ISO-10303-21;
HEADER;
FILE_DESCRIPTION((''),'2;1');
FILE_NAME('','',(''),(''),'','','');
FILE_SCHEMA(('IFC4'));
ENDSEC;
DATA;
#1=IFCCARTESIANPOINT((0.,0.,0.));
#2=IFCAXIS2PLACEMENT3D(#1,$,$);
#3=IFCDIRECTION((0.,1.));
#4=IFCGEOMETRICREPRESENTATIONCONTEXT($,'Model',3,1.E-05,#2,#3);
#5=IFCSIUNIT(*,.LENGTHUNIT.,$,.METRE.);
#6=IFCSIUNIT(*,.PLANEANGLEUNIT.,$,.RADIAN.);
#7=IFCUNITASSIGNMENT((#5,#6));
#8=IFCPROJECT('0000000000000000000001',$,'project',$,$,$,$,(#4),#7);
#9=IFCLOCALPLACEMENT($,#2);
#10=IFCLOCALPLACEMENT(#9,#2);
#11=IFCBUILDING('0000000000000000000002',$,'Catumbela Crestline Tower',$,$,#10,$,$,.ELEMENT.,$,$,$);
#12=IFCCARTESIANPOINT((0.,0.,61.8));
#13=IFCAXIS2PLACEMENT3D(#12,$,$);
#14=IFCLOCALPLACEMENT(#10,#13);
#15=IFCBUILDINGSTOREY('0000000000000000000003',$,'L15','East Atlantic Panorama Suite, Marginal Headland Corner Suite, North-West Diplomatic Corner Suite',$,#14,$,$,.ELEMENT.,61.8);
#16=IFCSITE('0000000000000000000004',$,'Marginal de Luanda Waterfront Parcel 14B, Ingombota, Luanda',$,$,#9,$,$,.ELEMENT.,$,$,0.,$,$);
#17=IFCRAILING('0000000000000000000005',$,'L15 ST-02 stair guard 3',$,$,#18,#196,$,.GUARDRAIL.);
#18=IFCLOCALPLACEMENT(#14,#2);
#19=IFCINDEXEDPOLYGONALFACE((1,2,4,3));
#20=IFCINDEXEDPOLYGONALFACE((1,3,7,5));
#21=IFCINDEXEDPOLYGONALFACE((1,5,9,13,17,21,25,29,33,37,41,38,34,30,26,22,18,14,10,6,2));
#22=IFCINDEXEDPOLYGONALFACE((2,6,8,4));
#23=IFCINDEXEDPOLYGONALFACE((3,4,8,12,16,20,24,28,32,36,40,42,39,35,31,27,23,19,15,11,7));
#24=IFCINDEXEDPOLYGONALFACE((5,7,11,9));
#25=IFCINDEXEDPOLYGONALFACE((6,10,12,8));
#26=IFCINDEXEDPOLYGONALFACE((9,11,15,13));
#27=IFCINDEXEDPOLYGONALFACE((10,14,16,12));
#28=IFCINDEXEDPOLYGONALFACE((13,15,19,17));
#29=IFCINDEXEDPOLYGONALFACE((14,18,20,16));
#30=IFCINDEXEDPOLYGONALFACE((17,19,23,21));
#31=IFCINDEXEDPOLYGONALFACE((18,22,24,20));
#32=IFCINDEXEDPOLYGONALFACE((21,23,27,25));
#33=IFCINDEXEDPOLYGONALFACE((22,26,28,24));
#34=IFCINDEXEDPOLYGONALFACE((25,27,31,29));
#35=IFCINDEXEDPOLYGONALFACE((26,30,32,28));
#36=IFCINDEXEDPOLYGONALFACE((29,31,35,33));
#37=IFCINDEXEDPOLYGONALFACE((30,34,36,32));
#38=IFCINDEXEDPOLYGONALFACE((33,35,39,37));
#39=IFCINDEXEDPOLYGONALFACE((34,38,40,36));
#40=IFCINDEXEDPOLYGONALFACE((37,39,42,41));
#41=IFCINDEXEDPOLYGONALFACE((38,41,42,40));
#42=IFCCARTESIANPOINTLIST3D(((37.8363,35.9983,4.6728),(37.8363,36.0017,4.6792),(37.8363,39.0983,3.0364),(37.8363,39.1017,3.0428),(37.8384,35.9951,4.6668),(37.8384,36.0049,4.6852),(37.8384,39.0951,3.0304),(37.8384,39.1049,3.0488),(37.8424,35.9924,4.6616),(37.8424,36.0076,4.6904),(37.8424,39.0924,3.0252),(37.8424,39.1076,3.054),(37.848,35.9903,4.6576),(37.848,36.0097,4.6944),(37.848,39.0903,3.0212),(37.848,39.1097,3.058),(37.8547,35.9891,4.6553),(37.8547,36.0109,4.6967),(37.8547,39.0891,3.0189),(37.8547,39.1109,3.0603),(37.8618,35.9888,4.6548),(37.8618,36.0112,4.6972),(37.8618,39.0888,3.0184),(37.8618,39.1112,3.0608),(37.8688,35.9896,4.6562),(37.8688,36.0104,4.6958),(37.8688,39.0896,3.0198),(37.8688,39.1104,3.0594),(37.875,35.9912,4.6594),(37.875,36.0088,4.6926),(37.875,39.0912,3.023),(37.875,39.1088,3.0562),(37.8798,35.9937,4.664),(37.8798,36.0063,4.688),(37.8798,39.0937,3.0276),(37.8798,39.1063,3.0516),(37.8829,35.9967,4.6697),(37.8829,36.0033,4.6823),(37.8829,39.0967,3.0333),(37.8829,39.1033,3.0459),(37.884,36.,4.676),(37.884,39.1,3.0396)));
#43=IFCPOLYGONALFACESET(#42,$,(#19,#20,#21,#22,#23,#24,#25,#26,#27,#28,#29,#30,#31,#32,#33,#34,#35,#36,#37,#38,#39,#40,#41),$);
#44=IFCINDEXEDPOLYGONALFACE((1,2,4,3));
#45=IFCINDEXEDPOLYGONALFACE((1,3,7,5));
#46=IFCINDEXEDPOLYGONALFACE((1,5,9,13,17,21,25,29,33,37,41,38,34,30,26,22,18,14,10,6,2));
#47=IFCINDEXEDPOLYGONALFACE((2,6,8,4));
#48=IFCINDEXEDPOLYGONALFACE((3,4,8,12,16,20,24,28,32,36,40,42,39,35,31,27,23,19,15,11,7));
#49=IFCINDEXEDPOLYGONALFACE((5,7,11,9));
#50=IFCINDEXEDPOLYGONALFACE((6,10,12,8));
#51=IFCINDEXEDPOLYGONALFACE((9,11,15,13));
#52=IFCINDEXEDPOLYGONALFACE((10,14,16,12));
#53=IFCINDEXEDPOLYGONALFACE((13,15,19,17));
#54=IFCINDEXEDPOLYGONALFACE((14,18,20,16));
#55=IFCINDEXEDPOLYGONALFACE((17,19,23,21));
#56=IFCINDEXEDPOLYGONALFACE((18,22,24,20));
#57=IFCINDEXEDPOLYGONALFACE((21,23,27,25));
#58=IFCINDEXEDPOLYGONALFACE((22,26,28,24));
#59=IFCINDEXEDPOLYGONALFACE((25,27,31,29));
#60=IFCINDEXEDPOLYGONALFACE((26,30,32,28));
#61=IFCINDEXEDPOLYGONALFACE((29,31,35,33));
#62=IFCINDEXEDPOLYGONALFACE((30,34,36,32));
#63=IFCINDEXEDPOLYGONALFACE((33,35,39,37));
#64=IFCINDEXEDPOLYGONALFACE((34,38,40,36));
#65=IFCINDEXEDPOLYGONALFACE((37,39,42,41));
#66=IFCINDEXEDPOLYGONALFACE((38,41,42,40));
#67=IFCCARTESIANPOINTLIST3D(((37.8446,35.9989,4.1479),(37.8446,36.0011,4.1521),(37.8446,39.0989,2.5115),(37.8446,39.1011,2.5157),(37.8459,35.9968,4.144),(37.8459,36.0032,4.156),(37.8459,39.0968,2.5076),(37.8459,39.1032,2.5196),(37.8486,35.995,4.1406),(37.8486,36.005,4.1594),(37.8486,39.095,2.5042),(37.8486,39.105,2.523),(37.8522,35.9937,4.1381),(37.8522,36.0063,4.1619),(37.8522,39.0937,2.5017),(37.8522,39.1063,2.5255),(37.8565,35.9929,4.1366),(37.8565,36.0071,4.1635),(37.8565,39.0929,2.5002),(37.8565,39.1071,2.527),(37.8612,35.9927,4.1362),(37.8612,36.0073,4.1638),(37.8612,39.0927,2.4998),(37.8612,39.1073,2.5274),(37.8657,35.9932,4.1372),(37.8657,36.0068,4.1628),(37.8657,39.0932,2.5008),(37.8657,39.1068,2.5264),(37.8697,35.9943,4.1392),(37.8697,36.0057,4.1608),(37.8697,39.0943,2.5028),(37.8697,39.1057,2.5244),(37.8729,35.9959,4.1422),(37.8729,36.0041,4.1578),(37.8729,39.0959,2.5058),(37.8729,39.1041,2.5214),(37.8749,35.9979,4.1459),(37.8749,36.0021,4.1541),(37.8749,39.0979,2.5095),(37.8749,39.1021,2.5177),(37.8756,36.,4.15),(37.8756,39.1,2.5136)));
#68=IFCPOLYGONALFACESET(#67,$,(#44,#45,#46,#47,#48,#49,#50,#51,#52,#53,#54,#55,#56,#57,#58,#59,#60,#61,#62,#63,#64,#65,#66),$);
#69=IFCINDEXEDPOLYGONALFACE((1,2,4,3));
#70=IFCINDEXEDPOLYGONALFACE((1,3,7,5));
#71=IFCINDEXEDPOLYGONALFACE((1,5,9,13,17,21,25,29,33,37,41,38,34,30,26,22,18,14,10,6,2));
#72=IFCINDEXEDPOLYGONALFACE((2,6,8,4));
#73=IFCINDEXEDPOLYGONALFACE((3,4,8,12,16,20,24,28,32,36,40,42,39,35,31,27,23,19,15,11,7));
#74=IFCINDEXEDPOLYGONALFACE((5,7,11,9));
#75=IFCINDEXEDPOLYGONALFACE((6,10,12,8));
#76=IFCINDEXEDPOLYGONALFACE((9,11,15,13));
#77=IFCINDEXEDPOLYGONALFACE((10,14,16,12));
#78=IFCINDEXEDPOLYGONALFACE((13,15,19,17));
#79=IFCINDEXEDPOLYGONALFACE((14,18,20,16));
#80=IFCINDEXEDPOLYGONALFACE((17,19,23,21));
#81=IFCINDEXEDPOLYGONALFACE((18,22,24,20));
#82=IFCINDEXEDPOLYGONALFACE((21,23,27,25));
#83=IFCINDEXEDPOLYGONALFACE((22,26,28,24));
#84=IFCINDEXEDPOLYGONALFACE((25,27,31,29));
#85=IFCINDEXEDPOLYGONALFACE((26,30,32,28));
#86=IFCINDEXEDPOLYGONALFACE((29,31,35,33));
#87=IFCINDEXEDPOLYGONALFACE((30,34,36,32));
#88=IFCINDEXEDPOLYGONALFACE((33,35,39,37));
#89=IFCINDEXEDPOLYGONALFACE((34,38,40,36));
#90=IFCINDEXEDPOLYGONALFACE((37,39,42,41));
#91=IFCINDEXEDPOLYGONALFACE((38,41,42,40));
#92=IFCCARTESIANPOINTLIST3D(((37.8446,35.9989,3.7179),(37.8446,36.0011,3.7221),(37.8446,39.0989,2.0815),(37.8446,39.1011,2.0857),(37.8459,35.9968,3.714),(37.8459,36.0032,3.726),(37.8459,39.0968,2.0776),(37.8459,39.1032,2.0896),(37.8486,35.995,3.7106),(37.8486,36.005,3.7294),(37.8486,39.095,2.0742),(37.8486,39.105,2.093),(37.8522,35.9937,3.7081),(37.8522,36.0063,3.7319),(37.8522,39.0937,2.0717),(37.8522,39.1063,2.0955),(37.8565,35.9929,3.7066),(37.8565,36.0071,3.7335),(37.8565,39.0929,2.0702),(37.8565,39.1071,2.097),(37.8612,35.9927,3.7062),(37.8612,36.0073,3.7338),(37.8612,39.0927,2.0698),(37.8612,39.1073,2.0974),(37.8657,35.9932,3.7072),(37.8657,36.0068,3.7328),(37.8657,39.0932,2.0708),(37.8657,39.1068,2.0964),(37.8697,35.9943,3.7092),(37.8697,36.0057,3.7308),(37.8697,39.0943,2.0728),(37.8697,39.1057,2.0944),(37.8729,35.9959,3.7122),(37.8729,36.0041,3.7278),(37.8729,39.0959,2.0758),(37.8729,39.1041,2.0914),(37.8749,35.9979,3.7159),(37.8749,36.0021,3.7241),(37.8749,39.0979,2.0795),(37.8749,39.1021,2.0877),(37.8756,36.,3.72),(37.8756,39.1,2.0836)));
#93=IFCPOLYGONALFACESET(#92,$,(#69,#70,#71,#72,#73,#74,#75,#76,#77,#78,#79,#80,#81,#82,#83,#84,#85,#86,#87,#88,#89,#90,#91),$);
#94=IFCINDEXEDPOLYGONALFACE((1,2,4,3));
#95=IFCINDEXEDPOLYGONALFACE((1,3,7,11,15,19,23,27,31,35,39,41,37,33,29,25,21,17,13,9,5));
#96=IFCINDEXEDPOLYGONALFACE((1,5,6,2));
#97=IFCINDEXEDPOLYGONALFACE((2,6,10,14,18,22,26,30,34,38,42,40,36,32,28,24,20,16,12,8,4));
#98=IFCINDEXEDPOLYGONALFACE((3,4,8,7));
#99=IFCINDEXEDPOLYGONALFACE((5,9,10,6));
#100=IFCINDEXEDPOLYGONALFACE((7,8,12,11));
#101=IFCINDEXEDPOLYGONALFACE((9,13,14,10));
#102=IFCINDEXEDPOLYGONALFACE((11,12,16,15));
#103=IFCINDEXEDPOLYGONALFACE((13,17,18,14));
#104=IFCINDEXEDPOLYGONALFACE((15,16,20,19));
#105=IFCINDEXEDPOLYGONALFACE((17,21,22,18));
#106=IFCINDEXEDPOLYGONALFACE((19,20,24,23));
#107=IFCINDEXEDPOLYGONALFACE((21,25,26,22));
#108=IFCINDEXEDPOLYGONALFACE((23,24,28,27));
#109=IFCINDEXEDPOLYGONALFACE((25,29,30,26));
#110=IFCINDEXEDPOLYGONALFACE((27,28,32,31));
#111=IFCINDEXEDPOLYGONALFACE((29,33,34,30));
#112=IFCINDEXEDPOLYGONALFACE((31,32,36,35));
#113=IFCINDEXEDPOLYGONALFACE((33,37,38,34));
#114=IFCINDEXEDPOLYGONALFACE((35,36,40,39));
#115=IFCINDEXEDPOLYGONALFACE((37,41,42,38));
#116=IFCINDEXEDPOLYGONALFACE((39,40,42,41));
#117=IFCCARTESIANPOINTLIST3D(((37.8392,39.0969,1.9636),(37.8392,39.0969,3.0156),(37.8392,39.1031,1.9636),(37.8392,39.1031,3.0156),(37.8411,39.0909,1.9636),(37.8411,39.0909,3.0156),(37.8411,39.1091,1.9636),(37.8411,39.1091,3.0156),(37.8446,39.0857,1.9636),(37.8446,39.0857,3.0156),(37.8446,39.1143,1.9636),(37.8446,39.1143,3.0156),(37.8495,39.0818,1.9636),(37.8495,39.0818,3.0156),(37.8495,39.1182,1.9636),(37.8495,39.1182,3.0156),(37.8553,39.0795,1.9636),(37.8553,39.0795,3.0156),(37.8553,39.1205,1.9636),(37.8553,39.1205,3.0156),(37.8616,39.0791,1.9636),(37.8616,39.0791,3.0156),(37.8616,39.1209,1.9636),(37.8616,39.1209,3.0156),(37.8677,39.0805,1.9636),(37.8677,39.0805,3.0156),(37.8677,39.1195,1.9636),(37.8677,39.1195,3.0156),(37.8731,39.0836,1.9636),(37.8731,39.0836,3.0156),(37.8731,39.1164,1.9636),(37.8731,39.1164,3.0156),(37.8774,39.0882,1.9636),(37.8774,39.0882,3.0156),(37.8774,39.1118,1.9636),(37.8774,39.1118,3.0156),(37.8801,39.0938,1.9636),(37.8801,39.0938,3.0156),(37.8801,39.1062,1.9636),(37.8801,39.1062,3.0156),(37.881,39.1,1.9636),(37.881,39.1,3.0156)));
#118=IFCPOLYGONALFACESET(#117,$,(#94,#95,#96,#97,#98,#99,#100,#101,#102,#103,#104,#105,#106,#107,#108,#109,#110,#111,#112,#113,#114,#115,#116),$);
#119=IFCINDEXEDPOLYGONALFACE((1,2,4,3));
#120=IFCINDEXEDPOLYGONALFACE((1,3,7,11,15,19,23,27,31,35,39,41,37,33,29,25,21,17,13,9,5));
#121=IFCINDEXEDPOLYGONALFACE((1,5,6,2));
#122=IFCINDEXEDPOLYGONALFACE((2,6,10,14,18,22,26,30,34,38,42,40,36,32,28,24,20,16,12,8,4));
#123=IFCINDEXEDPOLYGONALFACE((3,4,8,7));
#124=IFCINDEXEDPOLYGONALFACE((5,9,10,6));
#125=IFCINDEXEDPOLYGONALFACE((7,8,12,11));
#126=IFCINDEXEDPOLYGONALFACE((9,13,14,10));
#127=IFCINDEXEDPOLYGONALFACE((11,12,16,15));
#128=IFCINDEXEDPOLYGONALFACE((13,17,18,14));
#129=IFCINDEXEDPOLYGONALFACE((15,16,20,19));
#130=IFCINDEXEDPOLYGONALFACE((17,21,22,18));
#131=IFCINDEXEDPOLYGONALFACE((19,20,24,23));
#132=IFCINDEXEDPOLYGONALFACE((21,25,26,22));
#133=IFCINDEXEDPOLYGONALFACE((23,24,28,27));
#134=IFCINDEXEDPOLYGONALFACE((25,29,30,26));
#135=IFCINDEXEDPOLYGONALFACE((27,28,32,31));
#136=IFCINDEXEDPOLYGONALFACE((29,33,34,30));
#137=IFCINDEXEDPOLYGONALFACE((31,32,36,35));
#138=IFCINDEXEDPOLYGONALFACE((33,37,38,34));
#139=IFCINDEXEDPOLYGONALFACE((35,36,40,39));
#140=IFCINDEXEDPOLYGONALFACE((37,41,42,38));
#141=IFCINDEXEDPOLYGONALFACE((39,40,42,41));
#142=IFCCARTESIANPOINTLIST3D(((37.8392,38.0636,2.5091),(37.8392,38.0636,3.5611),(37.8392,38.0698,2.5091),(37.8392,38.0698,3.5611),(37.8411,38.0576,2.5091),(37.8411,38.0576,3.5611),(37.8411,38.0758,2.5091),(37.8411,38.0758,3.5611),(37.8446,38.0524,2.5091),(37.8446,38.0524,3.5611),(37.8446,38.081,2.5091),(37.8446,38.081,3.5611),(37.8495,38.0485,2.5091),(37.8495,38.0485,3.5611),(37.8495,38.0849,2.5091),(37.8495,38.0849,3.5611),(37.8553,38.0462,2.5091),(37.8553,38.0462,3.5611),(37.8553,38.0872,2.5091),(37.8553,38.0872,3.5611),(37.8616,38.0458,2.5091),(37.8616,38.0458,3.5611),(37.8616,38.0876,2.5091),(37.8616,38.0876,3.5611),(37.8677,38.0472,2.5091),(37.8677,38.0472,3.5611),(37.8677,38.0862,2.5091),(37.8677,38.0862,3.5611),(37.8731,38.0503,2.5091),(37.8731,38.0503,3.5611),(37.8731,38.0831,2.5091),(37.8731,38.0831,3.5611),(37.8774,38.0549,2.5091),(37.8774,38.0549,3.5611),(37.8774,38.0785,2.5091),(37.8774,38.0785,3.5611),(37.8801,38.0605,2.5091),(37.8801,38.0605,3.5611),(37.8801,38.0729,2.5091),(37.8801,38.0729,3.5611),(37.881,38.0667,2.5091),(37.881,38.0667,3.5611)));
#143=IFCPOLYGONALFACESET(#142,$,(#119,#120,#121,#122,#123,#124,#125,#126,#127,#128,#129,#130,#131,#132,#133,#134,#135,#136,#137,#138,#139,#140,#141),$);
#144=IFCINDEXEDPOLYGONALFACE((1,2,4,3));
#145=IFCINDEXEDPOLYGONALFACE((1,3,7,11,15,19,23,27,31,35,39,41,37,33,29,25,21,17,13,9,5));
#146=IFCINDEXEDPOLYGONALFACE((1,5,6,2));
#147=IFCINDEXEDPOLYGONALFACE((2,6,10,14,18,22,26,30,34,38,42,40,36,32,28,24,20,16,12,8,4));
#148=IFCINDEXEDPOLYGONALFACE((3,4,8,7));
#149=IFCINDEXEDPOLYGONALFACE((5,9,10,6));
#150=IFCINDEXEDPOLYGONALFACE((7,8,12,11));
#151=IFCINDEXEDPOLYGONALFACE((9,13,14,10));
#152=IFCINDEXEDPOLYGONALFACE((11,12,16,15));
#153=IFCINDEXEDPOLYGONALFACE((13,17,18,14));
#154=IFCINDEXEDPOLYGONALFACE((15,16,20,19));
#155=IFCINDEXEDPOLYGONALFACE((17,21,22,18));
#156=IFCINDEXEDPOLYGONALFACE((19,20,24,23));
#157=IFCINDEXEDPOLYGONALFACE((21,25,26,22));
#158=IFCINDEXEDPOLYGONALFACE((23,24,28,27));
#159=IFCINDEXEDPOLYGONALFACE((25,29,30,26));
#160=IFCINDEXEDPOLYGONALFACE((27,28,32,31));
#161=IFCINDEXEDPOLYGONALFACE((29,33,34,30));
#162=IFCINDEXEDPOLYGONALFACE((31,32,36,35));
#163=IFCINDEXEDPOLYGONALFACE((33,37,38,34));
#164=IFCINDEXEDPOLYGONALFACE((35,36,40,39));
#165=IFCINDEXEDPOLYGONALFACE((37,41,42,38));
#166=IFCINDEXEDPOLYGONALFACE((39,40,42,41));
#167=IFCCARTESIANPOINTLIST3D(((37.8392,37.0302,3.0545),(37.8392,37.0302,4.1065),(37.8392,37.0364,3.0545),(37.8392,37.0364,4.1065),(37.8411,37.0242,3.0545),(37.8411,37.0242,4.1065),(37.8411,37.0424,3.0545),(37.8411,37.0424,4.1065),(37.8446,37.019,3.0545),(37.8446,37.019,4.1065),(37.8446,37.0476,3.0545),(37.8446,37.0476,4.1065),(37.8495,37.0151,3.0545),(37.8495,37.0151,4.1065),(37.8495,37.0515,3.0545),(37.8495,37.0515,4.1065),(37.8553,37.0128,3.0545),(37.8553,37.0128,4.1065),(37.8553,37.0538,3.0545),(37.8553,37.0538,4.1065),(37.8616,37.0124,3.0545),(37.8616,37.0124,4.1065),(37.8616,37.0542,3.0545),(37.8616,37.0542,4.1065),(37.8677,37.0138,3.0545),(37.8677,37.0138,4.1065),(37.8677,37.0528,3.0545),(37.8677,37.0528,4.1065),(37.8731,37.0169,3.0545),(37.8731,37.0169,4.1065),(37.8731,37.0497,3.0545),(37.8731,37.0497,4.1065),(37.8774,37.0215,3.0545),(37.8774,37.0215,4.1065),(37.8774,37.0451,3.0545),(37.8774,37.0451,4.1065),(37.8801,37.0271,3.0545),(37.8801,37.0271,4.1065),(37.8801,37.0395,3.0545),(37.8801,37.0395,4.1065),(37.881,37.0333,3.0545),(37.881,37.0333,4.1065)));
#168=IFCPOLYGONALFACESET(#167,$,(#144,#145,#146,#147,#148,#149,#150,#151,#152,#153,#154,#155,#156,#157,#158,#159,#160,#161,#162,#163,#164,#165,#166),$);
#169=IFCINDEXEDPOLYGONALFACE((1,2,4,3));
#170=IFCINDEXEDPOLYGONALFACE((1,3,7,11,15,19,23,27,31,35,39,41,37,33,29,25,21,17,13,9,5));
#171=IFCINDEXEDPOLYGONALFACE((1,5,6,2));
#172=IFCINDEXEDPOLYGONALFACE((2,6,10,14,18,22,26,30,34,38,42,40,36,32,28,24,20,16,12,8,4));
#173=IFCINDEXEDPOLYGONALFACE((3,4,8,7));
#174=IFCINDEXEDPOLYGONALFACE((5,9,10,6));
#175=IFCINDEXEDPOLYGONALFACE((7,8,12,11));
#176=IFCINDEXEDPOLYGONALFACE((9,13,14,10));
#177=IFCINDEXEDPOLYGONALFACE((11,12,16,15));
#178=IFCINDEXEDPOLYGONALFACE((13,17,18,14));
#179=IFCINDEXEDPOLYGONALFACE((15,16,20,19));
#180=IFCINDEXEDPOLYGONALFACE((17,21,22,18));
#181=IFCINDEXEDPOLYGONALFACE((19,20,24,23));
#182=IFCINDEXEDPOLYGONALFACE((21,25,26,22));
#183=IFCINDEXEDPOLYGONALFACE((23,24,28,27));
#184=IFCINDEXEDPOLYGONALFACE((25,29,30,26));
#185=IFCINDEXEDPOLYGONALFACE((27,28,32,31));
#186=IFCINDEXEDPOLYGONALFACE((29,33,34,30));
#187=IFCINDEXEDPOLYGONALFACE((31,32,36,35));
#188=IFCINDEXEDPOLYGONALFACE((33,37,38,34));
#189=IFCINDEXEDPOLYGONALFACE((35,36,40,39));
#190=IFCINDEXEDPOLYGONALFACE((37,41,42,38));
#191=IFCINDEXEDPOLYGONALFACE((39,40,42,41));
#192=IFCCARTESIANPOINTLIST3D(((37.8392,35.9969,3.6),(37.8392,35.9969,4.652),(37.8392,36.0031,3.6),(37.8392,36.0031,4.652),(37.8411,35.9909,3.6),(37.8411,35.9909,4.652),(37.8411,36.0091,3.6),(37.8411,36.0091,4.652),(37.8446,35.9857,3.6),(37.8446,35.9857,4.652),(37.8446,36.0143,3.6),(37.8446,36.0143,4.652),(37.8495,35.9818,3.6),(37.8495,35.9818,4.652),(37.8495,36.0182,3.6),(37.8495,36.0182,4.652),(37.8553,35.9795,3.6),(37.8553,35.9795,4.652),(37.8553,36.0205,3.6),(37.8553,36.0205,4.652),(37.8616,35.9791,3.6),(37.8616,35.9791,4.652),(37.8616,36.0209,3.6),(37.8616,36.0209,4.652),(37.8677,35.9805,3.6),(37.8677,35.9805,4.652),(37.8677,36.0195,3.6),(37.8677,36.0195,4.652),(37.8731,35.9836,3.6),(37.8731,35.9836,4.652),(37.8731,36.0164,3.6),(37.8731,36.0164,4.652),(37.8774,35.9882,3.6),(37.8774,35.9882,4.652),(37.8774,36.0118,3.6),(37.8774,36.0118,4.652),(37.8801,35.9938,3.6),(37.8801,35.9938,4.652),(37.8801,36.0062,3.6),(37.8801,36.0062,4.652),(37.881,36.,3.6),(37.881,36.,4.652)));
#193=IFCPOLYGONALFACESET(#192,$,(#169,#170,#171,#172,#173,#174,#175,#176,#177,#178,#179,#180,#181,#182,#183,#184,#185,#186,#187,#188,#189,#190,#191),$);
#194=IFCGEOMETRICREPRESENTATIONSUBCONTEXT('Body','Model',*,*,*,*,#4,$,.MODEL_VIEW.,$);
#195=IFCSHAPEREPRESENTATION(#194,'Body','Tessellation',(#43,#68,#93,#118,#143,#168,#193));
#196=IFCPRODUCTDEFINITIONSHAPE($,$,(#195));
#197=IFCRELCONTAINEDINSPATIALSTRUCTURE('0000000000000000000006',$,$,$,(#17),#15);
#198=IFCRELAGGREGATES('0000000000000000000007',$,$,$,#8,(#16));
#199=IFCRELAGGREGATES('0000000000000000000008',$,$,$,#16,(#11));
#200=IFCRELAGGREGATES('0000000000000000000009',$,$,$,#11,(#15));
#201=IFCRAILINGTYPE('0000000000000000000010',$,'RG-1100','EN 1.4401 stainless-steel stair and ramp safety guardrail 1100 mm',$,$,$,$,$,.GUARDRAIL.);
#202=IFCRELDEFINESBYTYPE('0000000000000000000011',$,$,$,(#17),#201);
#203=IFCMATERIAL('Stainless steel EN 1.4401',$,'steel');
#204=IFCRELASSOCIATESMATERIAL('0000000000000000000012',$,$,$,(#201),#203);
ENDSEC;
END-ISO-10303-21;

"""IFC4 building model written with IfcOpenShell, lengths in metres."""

from ifc_helpers import new_model, si_unit, direction, frame, origin, origin_2d, place, context, subcontext, project, spatial, circle, extrude, material, type_object, element, save


model = new_model("IFC4")

# Units and contexts
model_context = context("Model", 3, precision=1e-05, world=origin(), true_north=direction((0.0, 1.0)))
body_context = subcontext(model_context, "Body", "Model", "MODEL_VIEW")
ifc_project = project(units=[si_unit("LENGTHUNIT", "METRE"), si_unit("PLANEANGLEUNIT", "RADIAN")], contexts=[model_context])

# Site, building, storey
site_placement = place(None, origin())
site = spatial("IfcSite", under=ifc_project, at=site_placement, Name="Marginal de Luanda Waterfront Parcel 14B, Ingombota, Luanda", CompositionType="ELEMENT", RefElevation=0.0)
building_placement = place(site_placement, origin())
building = spatial("IfcBuilding", under=site, at=building_placement, Name="Catumbela Crestline Tower", CompositionType="ELEMENT")
storey_placement = place(building_placement, frame((0.0, 0.0, 61.8)))
storey = spatial("IfcBuildingStorey", under=building, at=storey_placement, Name="L15", Description="East Atlantic Panorama Suite, Marginal Headland Corner Suite, North-West Diplomatic Corner Suite", CompositionType="ELEMENT", Elevation=61.8)

# Shared definitions
ifc_material_1 = material(Name="Stainless steel EN 1.4401", Category="steel")

# Railing
railing_type_1 = type_object("IfcRailingType", Name="RG-1100", Description="EN 1.4401 stainless-steel stair and ramp safety guardrail 1100 mm", PredefinedType="GUARDRAIL", material=ifc_material_1)
railing_1_placement = place(storey_placement, frame((37.86, 39.1, 1.9636)))
element("IfcRailing", 1, at=railing_1_placement, inside=storey, type_object=railing_type_1, Name="L15 ST-02 stair guard 3", PredefinedType="GUARDRAIL", context=body_context, shape_type="SweptSolid", body=[
    extrude(circle(Radius=0.024, at=origin_2d()), frame((0.0, 0.0, 1.076), z_axis=(0.0, -0.884351, 0.466823), x_axis=(1.0, 0.0, 0.0)), (0.0, 0.0, 1.0), 3.5054),
    extrude(circle(Radius=0.0156, at=origin_2d()), frame((0.0, 0.0, 0.55), z_axis=(0.0, -0.884351, 0.466823), x_axis=(1.0, 0.0, 0.0)), (0.0, 0.0, 1.0), 3.5054),
    extrude(circle(Radius=0.0156, at=origin_2d()), frame((0.0, 0.0, 0.12), z_axis=(0.0, -0.884351, 0.466823), x_axis=(1.0, 0.0, 0.0)), (0.0, 0.0, 1.0), 3.5054),
    extrude(circle(Radius=0.021, at=origin_2d()), origin(), (0.0, 0.0, 1.0), 1.052),
    extrude(circle(Radius=0.021, at=origin_2d()), frame((0.0, -1.0333, 0.5455)), (0.0, 0.0, 1.0), 1.052),
    extrude(circle(Radius=0.021, at=origin_2d()), frame((0.0, -2.0667, 1.0909)), (0.0, 0.0, 1.0), 1.052),
    extrude(circle(Radius=0.021, at=origin_2d()), frame((0.0, -3.1, 1.6364)), (0.0, 0.0, 1.0), 1.052),
])

save(model, "model.ifc")
